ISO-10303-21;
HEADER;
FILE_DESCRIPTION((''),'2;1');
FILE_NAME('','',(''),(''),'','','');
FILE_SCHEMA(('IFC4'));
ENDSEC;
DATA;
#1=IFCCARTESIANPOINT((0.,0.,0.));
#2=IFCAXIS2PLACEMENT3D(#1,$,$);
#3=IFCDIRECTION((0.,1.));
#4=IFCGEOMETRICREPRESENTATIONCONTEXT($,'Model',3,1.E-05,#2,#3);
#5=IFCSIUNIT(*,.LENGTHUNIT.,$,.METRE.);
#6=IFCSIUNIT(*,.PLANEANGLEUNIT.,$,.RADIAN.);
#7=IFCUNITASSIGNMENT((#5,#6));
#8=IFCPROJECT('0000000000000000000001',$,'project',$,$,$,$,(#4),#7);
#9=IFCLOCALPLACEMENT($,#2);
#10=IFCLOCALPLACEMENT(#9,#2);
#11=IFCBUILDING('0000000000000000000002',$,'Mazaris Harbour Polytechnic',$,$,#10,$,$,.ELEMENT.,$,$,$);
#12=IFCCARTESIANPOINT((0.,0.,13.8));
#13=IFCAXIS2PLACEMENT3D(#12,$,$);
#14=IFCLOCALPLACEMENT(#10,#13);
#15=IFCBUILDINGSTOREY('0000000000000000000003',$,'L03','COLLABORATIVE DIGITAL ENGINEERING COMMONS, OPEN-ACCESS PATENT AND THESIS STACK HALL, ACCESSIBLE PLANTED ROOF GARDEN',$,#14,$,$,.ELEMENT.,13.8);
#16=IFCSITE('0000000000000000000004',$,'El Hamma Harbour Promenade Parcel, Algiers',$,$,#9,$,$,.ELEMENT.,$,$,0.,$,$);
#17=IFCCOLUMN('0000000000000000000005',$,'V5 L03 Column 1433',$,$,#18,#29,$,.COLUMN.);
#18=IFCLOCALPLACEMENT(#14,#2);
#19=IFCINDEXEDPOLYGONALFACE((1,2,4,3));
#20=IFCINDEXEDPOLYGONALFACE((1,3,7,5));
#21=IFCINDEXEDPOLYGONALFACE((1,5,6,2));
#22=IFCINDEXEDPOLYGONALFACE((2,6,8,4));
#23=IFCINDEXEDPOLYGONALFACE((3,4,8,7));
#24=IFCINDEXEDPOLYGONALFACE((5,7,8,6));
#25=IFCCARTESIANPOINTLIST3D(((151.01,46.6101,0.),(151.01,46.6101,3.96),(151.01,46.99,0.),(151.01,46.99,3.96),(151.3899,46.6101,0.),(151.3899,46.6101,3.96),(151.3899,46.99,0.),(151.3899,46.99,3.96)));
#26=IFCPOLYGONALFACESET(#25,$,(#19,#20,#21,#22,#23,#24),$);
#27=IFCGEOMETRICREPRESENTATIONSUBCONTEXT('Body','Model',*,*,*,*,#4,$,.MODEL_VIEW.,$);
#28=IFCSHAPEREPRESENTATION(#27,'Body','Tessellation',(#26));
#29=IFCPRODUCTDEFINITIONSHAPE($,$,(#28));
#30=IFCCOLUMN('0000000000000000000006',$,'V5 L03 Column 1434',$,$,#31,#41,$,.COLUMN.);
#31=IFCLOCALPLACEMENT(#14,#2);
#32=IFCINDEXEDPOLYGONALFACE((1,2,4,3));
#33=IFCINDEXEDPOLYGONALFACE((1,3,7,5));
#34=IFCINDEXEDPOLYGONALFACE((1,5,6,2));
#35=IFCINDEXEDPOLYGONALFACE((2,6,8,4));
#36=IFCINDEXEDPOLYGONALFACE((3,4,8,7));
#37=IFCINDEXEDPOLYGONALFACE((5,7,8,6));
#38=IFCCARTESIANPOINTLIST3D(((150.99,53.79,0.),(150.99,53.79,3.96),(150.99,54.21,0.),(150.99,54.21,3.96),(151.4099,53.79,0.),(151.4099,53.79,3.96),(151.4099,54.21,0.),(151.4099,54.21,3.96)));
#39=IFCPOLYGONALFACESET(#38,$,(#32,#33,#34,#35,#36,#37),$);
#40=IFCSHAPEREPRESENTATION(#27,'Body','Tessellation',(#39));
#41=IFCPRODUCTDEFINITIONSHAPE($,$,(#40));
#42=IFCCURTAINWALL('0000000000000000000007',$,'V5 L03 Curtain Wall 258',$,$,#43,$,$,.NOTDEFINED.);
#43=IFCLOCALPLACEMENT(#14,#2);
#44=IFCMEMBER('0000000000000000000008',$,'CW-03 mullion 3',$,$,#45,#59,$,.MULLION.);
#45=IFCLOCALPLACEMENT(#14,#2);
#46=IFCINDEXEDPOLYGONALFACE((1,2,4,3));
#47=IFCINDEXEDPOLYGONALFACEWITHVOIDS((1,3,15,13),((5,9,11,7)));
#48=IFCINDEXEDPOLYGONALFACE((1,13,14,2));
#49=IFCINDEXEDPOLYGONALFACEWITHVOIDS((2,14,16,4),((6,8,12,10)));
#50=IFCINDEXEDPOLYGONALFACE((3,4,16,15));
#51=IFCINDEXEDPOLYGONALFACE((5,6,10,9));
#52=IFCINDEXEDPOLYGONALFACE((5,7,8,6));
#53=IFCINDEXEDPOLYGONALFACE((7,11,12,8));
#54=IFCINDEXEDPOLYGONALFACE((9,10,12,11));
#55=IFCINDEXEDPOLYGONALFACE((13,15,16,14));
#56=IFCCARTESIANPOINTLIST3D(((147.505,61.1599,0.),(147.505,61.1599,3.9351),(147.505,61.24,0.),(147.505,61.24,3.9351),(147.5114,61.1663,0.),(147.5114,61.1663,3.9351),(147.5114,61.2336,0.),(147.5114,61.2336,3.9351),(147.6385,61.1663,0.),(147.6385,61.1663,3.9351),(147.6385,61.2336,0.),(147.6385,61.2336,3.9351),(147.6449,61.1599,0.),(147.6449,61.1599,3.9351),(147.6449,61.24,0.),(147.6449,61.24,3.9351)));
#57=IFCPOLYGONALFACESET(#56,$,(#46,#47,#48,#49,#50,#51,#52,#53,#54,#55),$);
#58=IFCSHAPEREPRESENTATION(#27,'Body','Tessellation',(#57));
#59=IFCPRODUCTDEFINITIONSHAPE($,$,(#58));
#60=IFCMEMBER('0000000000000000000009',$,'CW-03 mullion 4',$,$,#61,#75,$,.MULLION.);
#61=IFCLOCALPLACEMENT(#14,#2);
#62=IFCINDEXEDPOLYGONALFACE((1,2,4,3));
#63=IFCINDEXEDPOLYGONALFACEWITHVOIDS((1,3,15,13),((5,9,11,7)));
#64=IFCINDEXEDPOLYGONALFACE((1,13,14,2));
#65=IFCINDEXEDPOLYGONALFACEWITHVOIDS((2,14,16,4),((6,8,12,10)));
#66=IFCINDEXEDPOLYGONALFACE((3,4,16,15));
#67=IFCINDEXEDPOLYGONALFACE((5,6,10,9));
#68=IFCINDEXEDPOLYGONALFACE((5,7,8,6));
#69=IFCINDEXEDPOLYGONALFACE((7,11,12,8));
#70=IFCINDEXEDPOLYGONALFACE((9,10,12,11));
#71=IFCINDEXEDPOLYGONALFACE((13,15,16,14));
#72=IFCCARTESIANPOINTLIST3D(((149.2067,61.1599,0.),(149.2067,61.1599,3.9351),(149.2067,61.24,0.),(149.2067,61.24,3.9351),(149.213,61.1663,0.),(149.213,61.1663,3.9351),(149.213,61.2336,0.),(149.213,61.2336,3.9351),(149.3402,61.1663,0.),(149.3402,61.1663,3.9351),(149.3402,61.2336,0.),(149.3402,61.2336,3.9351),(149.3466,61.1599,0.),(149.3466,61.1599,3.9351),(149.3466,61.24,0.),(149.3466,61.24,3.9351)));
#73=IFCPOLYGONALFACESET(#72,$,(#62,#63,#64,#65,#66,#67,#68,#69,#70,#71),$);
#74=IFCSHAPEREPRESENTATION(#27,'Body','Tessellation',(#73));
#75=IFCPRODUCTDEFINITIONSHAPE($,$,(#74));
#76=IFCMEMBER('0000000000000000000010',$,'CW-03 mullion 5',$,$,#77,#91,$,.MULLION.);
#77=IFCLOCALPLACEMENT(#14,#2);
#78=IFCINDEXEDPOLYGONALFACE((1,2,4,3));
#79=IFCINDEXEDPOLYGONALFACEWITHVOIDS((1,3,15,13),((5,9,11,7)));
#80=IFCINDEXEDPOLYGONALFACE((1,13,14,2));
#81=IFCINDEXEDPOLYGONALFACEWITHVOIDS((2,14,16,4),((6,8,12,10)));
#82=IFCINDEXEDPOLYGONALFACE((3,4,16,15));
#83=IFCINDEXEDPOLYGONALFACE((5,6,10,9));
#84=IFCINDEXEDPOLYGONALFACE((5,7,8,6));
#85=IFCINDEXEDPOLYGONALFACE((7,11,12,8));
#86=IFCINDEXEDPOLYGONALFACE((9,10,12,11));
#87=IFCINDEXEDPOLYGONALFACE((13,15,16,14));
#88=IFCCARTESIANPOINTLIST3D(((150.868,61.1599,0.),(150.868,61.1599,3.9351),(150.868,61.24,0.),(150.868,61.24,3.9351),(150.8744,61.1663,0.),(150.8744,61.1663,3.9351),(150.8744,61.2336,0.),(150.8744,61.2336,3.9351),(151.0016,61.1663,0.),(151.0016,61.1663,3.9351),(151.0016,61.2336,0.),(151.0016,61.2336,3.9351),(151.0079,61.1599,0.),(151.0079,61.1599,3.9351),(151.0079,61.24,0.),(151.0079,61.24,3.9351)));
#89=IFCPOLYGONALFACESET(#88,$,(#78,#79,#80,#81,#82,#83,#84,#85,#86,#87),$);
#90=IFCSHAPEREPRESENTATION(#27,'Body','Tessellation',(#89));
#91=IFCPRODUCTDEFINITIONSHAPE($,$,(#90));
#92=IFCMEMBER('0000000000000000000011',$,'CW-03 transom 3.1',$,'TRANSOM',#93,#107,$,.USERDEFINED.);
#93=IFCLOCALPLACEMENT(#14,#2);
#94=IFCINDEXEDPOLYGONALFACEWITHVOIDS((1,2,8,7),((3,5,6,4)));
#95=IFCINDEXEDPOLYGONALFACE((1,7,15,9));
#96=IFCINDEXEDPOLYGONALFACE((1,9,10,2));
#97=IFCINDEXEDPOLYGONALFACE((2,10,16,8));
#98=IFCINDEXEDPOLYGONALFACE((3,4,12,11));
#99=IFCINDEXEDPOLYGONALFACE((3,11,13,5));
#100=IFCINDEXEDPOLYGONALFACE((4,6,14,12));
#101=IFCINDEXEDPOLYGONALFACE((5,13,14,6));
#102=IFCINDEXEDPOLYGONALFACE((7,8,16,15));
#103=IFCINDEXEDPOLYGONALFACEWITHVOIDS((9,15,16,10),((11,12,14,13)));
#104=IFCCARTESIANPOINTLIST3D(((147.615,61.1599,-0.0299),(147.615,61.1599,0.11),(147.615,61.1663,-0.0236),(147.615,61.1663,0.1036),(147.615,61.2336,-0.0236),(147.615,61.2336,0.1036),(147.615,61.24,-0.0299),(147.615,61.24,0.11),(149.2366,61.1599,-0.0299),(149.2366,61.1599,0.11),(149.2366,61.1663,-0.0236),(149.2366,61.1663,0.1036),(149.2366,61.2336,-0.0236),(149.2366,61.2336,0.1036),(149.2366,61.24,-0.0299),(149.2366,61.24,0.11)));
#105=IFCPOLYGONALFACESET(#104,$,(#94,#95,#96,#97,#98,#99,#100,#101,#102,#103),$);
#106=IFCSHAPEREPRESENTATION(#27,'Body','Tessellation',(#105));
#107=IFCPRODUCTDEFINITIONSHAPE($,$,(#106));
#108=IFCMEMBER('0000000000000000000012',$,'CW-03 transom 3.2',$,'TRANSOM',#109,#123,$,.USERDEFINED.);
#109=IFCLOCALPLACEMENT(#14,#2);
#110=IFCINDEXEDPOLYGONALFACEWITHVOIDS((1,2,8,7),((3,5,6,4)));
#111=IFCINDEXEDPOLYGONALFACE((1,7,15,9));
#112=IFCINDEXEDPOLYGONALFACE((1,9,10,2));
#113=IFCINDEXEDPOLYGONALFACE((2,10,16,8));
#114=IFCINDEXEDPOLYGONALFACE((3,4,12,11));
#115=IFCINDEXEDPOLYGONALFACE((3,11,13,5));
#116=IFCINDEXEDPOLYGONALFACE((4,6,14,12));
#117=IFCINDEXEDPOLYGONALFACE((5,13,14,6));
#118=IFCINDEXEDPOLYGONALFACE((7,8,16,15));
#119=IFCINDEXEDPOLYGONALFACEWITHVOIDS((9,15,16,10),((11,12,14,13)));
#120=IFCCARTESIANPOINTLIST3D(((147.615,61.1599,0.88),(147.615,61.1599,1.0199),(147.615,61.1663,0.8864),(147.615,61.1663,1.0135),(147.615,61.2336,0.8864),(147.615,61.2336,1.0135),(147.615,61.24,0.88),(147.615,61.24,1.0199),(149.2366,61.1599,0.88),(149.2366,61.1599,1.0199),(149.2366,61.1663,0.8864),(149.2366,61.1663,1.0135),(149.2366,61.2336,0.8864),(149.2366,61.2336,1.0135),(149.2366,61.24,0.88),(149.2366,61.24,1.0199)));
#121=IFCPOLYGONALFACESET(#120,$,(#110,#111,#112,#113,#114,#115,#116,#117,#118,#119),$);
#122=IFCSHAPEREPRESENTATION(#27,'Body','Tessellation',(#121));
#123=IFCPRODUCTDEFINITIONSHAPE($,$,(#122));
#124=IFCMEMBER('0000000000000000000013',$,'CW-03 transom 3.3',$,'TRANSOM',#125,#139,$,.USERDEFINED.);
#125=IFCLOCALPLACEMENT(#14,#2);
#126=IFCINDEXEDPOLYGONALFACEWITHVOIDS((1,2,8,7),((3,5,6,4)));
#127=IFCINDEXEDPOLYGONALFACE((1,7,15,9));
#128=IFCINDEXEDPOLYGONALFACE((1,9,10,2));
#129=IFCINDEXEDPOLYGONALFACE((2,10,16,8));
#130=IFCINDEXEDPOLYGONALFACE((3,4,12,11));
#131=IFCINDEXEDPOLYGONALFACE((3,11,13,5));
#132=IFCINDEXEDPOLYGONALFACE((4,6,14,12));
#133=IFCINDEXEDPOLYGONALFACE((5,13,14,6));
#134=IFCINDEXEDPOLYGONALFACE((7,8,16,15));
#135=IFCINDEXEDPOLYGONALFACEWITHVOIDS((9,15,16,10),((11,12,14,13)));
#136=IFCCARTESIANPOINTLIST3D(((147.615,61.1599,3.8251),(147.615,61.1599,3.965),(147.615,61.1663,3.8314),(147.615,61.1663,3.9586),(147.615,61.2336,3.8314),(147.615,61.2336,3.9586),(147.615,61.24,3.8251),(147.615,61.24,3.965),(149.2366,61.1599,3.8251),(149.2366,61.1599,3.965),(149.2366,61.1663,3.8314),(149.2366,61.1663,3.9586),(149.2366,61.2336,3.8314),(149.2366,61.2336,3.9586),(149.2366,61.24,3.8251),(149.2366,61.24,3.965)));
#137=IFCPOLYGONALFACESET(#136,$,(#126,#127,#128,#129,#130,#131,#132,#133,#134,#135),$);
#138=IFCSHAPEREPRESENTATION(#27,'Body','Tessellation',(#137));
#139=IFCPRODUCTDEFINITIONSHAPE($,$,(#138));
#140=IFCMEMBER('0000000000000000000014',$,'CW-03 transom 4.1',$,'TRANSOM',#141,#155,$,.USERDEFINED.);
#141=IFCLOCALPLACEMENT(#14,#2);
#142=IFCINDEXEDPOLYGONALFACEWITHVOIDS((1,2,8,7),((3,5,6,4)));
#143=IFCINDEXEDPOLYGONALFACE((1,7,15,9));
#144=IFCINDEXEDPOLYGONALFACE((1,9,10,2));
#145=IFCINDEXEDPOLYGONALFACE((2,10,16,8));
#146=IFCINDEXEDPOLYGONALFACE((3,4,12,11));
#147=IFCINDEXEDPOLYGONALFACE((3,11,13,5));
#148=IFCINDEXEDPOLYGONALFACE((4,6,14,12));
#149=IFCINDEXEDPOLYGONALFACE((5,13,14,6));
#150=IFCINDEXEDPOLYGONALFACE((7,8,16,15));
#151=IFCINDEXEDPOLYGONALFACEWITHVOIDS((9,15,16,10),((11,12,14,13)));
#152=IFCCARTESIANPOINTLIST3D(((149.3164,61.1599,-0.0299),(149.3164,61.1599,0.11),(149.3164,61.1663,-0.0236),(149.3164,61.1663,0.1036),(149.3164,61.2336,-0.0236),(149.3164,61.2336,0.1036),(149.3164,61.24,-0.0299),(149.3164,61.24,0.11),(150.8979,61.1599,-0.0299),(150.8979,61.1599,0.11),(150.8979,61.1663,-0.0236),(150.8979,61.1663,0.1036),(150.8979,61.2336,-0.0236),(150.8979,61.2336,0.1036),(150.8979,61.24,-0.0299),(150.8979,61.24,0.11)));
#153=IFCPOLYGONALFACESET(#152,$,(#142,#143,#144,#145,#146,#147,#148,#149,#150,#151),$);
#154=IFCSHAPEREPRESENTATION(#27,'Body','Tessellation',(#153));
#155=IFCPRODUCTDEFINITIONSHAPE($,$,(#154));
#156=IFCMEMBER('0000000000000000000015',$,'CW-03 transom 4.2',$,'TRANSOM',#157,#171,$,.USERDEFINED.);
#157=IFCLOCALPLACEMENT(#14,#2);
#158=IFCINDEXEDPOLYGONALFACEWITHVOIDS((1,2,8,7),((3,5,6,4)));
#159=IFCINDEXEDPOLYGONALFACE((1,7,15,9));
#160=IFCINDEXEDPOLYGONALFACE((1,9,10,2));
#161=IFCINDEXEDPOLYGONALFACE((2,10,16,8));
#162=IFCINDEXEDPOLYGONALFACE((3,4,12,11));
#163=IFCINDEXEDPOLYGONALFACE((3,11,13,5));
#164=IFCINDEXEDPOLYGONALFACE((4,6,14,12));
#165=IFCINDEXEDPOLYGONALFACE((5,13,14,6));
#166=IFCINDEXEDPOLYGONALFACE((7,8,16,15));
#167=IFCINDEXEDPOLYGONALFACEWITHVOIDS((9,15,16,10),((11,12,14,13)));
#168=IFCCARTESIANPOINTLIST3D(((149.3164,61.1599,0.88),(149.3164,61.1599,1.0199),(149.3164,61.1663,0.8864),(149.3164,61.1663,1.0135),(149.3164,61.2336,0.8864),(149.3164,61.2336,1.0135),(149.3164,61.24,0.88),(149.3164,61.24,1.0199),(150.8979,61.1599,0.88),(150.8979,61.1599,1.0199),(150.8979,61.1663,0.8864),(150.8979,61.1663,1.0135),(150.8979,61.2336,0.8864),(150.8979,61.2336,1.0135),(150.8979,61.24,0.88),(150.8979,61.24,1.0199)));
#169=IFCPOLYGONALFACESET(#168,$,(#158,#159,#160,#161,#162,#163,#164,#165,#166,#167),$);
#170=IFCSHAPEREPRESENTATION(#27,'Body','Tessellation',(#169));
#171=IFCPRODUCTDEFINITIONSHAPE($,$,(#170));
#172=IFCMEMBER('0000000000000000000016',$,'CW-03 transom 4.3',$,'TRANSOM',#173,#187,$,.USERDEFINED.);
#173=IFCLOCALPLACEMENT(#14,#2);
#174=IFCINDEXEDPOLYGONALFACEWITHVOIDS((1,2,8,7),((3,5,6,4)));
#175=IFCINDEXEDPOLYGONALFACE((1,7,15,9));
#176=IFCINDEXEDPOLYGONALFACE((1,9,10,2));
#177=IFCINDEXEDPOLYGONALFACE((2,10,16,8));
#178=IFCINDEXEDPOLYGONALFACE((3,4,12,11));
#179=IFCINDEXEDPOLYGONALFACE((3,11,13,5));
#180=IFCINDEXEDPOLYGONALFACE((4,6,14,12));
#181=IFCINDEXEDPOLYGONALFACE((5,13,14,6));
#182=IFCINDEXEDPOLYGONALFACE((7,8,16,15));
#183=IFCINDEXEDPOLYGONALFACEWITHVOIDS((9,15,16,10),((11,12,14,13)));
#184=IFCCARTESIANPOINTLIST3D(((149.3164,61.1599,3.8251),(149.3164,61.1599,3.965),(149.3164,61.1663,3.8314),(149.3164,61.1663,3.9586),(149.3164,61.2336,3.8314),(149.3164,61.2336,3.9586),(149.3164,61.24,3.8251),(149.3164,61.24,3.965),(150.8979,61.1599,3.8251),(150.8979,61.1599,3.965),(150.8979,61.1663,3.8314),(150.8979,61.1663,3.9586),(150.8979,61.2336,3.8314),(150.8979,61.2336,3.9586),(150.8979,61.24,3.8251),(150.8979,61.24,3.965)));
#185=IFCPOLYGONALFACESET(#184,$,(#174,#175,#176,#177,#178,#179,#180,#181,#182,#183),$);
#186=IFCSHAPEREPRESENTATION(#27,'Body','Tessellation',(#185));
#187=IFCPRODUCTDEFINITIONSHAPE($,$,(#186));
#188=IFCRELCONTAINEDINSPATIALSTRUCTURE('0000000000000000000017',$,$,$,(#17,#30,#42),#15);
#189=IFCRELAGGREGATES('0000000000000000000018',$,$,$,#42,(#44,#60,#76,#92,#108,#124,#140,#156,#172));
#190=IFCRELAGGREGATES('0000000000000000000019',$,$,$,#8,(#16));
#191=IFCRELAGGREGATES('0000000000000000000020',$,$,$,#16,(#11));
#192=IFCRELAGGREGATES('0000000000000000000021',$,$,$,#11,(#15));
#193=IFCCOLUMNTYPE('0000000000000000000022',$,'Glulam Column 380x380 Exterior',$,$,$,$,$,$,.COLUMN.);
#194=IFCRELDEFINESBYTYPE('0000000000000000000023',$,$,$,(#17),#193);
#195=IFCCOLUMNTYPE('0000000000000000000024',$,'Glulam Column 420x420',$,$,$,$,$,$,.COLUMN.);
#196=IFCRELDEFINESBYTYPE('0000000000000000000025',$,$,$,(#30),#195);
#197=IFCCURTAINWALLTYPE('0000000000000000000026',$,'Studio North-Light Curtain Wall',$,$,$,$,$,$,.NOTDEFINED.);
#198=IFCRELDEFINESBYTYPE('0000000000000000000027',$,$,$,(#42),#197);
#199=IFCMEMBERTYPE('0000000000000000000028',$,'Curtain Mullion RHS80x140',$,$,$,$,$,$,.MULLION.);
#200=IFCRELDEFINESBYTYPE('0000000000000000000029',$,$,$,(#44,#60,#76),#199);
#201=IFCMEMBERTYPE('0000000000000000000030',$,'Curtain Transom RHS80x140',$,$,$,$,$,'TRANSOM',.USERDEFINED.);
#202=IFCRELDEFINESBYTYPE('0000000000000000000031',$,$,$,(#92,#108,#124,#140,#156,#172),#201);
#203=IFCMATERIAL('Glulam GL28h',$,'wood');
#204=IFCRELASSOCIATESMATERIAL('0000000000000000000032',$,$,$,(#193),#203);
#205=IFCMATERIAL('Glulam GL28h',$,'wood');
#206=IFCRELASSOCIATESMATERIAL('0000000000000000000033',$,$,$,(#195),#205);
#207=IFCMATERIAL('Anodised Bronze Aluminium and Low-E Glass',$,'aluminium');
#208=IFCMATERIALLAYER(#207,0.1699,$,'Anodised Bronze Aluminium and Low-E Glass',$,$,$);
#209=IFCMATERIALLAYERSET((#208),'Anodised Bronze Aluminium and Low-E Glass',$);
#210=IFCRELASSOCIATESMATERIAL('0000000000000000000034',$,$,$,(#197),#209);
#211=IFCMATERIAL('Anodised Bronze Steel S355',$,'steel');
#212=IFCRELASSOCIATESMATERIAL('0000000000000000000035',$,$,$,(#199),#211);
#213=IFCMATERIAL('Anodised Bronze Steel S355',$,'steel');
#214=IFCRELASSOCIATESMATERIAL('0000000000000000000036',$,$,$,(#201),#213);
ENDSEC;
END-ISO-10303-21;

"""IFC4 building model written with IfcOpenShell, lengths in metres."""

from ifc_helpers import new_model, si_unit, direction, frame, origin, origin_2d, place, context, subcontext, project, spatial, rectangle, hollow_rectangle, extrude, material, layer, layer_set, material_profile, profile_set, type_object, element, aggregate, save


model = new_model("IFC4")

# Units and contexts
model_context = context("Model", 3, precision=1e-05, world=origin(), true_north=direction((0.0, 1.0)))
body_context = subcontext(model_context, "Body", "Model", "MODEL_VIEW")
ifc_project = project(units=[si_unit("LENGTHUNIT", "METRE"), si_unit("PLANEANGLEUNIT", "RADIAN")], contexts=[model_context])

# Site, building, storey
site_placement = place(None, origin())
site = spatial("IfcSite", under=ifc_project, at=site_placement, Name="El Hamma Harbour Promenade Parcel, Algiers", CompositionType="ELEMENT", RefElevation=0.0)
building_placement = place(site_placement, origin())
building = spatial("IfcBuilding", under=site, at=building_placement, Name="Mazaris Harbour Polytechnic", CompositionType="ELEMENT")
storey_placement = place(building_placement, frame((0.0, 0.0, 13.8)))
storey = spatial("IfcBuildingStorey", under=building, at=storey_placement, Name="L03", Description="COLLABORATIVE DIGITAL ENGINEERING COMMONS, OPEN-ACCESS PATENT AND THESIS STACK HALL, ACCESSIBLE PLANTED ROOF GARDEN", CompositionType="ELEMENT", Elevation=13.8)

# Columns
ifc_material_1 = material(Name="Glulam GL28h", Category="wood")
ifc_material_profile_1 = material_profile(ifc_material_1, rectangle(XDim=0.3799, YDim=0.3799, at=origin_2d()), Name="RECT380x380")
ifc_profile_set_1 = profile_set([ifc_material_profile_1], Name="Glulam GL28h")
column_type_1 = type_object("IfcColumnType", Name="Glulam Column 380x380 Exterior", PredefinedType="COLUMN", material=ifc_profile_set_1)
column_1_placement = place(storey_placement, frame((151.2, 46.8, 0.0), z_axis=(0.0, 0.0, 1.0), x_axis=(1.0, 0.0, 0.0)))
element("IfcColumn", 1, at=column_1_placement, inside=storey, type_object=column_type_1, Name="V5 L03 Column 1433", PredefinedType="COLUMN", context=body_context, shape_type="SweptSolid", body=[
    extrude(rectangle(XDim=0.3799, YDim=0.3799, at=origin_2d()), origin(), (0.0, 0.0, 1.0), 3.96),
])
ifc_material_2 = material(Name="Glulam GL28h", Category="wood")
ifc_material_profile_2 = material_profile(ifc_material_2, rectangle(XDim=0.4199, YDim=0.4199, at=origin_2d()), Name="RECT420x420")
ifc_profile_set_2 = profile_set([ifc_material_profile_2], Name="Glulam GL28h")
column_type_2 = type_object("IfcColumnType", Name="Glulam Column 420x420", PredefinedType="COLUMN", material=ifc_profile_set_2)
column_2_placement = place(storey_placement, frame((151.2, 54.0, 0.0), z_axis=(0.0, 0.0, 1.0), x_axis=(1.0, 0.0, 0.0)))
element("IfcColumn", 2, at=column_2_placement, inside=storey, type_object=column_type_2, Name="V5 L03 Column 1434", PredefinedType="COLUMN", context=body_context, shape_type="SweptSolid", body=[
    extrude(rectangle(XDim=0.4199, YDim=0.4199, at=origin_2d()), origin(), (0.0, 0.0, 1.0), 3.96),
])

# Curtain wall, members
ifc_material_3 = material(Name="Anodised Bronze Aluminium and Low-E Glass", Category="aluminium")
ifc_layer_1 = layer(ifc_material_3, 0.1699, Name="Anodised Bronze Aluminium and Low-E Glass")
ifc_layer_set_1 = layer_set([ifc_layer_1], Name="Anodised Bronze Aluminium and Low-E Glass")
curtain_wall_type = type_object("IfcCurtainWallType", Name="Studio North-Light Curtain Wall", PredefinedType="NOTDEFINED", material=ifc_layer_set_1)
curtain_wall_placement = place(storey_placement, origin())
curtain_wall = element("IfcCurtainWall", 3, at=curtain_wall_placement, inside=storey, type_object=curtain_wall_type, Name="V5 L03 Curtain Wall 258", PredefinedType="NOTDEFINED")
ifc_material_4 = material(Name="Anodised Bronze Steel S355", Category="steel")
ifc_material_profile_3 = material_profile(ifc_material_4, hollow_rectangle(XDim=0.0801, YDim=0.1399, WallThickness=0.0063, at=origin_2d()), Name="RHS 80x140x6.3")
ifc_profile_set_3 = profile_set([ifc_material_profile_3], Name="Anodised Bronze Steel S355")
member_type_1 = type_object("IfcMemberType", Name="Curtain Mullion RHS80x140", PredefinedType="MULLION", material=ifc_profile_set_3)
member_1_placement = place(storey_placement, frame((147.575, 61.2, 0.0), z_axis=(0.0, 0.0, 1.0), x_axis=(0.0, 1.0, 0.0)))
member_1 = element("IfcMember", 4, at=member_1_placement, type_object=member_type_1, Name="CW-03 mullion 3", PredefinedType="MULLION", context=body_context, shape_type="SweptSolid", body=[
    extrude(hollow_rectangle(XDim=0.0801, YDim=0.1399, WallThickness=0.0063, at=origin_2d()), origin(), (0.0, 0.0, 1.0), 3.9351),
])
member_2_placement = place(storey_placement, frame((149.2766, 61.2, 0.0), z_axis=(0.0, 0.0, 1.0), x_axis=(0.0, 1.0, 0.0)))
member_2 = element("IfcMember", 5, at=member_2_placement, type_object=member_type_1, Name="CW-03 mullion 4", PredefinedType="MULLION", context=body_context, shape_type="SweptSolid", body=[
    extrude(hollow_rectangle(XDim=0.0801, YDim=0.1399, WallThickness=0.0063, at=origin_2d()), origin(), (0.0, 0.0, 1.0), 3.9351),
])
member_3_placement = place(storey_placement, frame((150.938, 61.2, 0.0), z_axis=(0.0, 0.0, 1.0), x_axis=(0.0, 1.0, 0.0)))
member_3 = element("IfcMember", 6, at=member_3_placement, type_object=member_type_1, Name="CW-03 mullion 5", PredefinedType="MULLION", context=body_context, shape_type="SweptSolid", body=[
    extrude(hollow_rectangle(XDim=0.0801, YDim=0.1399, WallThickness=0.0063, at=origin_2d()), origin(), (0.0, 0.0, 1.0), 3.9351),
])
ifc_material_5 = material(Name="Anodised Bronze Steel S355", Category="steel")
ifc_material_profile_4 = material_profile(ifc_material_5, hollow_rectangle(XDim=0.0801, YDim=0.1399, WallThickness=0.0063, at=origin_2d()), Name="RHS 80x140x6.3")
ifc_profile_set_4 = profile_set([ifc_material_profile_4], Name="Anodised Bronze Steel S355")
member_type_2 = type_object("IfcMemberType", Name="Curtain Transom RHS80x140", ElementType="TRANSOM", PredefinedType="USERDEFINED", material=ifc_profile_set_4)
member_4_placement = place(storey_placement, frame((147.615, 61.2, 0.04), z_axis=(1.0, 0.0, 0.0), x_axis=(0.0, 1.0, 0.0)))
member_4 = element("IfcMember", 7, at=member_4_placement, type_object=member_type_2, Name="CW-03 transom 3.1", ObjectType="TRANSOM", PredefinedType="USERDEFINED", context=body_context, shape_type="SweptSolid", body=[
    extrude(hollow_rectangle(XDim=0.0801, YDim=0.1399, WallThickness=0.0063, at=origin_2d()), origin(), (0.0, 0.0, 1.0), 1.6216),
])
member_5_placement = place(storey_placement, frame((147.615, 61.2, 0.95), z_axis=(1.0, 0.0, 0.0), x_axis=(0.0, 1.0, 0.0)))
member_5 = element("IfcMember", 8, at=member_5_placement, type_object=member_type_2, Name="CW-03 transom 3.2", ObjectType="TRANSOM", PredefinedType="USERDEFINED", context=body_context, shape_type="SweptSolid", body=[
    extrude(hollow_rectangle(XDim=0.0801, YDim=0.1399, WallThickness=0.0063, at=origin_2d()), origin(), (0.0, 0.0, 1.0), 1.6216),
])
member_6_placement = place(storey_placement, frame((147.615, 61.2, 3.895), z_axis=(1.0, 0.0, 0.0), x_axis=(0.0, 1.0, 0.0)))
member_6 = element("IfcMember", 9, at=member_6_placement, type_object=member_type_2, Name="CW-03 transom 3.3", ObjectType="TRANSOM", PredefinedType="USERDEFINED", context=body_context, shape_type="SweptSolid", body=[
    extrude(hollow_rectangle(XDim=0.0801, YDim=0.1399, WallThickness=0.0063, at=origin_2d()), origin(), (0.0, 0.0, 1.0), 1.6216),
])
member_7_placement = place(storey_placement, frame((149.3164, 61.2, 0.04), z_axis=(1.0, 0.0, 0.0), x_axis=(0.0, 1.0, 0.0)))
member_7 = element("IfcMember", 10, at=member_7_placement, type_object=member_type_2, Name="CW-03 transom 4.1", ObjectType="TRANSOM", PredefinedType="USERDEFINED", context=body_context, shape_type="SweptSolid", body=[
    extrude(hollow_rectangle(XDim=0.0801, YDim=0.1399, WallThickness=0.0063, at=origin_2d()), origin(), (0.0, 0.0, 1.0), 1.5815),
])
member_8_placement = place(storey_placement, frame((149.3164, 61.2, 0.95), z_axis=(1.0, 0.0, 0.0), x_axis=(0.0, 1.0, 0.0)))
member_8 = element("IfcMember", 11, at=member_8_placement, type_object=member_type_2, Name="CW-03 transom 4.2", ObjectType="TRANSOM", PredefinedType="USERDEFINED", context=body_context, shape_type="SweptSolid", body=[
    extrude(hollow_rectangle(XDim=0.0801, YDim=0.1399, WallThickness=0.0063, at=origin_2d()), origin(), (0.0, 0.0, 1.0), 1.5815),
])
member_9_placement = place(storey_placement, frame((149.3164, 61.2, 3.895), z_axis=(1.0, 0.0, 0.0), x_axis=(0.0, 1.0, 0.0)))
member_9 = element("IfcMember", 12, at=member_9_placement, type_object=member_type_2, Name="CW-03 transom 4.3", ObjectType="TRANSOM", PredefinedType="USERDEFINED", context=body_context, shape_type="SweptSolid", body=[
    extrude(hollow_rectangle(XDim=0.0801, YDim=0.1399, WallThickness=0.0063, at=origin_2d()), origin(), (0.0, 0.0, 1.0), 1.5815),
])
aggregate(curtain_wall, [member_1, member_2, member_3, member_4, member_5, member_6, member_7, member_8, member_9])

save(model, "model.ifc")
